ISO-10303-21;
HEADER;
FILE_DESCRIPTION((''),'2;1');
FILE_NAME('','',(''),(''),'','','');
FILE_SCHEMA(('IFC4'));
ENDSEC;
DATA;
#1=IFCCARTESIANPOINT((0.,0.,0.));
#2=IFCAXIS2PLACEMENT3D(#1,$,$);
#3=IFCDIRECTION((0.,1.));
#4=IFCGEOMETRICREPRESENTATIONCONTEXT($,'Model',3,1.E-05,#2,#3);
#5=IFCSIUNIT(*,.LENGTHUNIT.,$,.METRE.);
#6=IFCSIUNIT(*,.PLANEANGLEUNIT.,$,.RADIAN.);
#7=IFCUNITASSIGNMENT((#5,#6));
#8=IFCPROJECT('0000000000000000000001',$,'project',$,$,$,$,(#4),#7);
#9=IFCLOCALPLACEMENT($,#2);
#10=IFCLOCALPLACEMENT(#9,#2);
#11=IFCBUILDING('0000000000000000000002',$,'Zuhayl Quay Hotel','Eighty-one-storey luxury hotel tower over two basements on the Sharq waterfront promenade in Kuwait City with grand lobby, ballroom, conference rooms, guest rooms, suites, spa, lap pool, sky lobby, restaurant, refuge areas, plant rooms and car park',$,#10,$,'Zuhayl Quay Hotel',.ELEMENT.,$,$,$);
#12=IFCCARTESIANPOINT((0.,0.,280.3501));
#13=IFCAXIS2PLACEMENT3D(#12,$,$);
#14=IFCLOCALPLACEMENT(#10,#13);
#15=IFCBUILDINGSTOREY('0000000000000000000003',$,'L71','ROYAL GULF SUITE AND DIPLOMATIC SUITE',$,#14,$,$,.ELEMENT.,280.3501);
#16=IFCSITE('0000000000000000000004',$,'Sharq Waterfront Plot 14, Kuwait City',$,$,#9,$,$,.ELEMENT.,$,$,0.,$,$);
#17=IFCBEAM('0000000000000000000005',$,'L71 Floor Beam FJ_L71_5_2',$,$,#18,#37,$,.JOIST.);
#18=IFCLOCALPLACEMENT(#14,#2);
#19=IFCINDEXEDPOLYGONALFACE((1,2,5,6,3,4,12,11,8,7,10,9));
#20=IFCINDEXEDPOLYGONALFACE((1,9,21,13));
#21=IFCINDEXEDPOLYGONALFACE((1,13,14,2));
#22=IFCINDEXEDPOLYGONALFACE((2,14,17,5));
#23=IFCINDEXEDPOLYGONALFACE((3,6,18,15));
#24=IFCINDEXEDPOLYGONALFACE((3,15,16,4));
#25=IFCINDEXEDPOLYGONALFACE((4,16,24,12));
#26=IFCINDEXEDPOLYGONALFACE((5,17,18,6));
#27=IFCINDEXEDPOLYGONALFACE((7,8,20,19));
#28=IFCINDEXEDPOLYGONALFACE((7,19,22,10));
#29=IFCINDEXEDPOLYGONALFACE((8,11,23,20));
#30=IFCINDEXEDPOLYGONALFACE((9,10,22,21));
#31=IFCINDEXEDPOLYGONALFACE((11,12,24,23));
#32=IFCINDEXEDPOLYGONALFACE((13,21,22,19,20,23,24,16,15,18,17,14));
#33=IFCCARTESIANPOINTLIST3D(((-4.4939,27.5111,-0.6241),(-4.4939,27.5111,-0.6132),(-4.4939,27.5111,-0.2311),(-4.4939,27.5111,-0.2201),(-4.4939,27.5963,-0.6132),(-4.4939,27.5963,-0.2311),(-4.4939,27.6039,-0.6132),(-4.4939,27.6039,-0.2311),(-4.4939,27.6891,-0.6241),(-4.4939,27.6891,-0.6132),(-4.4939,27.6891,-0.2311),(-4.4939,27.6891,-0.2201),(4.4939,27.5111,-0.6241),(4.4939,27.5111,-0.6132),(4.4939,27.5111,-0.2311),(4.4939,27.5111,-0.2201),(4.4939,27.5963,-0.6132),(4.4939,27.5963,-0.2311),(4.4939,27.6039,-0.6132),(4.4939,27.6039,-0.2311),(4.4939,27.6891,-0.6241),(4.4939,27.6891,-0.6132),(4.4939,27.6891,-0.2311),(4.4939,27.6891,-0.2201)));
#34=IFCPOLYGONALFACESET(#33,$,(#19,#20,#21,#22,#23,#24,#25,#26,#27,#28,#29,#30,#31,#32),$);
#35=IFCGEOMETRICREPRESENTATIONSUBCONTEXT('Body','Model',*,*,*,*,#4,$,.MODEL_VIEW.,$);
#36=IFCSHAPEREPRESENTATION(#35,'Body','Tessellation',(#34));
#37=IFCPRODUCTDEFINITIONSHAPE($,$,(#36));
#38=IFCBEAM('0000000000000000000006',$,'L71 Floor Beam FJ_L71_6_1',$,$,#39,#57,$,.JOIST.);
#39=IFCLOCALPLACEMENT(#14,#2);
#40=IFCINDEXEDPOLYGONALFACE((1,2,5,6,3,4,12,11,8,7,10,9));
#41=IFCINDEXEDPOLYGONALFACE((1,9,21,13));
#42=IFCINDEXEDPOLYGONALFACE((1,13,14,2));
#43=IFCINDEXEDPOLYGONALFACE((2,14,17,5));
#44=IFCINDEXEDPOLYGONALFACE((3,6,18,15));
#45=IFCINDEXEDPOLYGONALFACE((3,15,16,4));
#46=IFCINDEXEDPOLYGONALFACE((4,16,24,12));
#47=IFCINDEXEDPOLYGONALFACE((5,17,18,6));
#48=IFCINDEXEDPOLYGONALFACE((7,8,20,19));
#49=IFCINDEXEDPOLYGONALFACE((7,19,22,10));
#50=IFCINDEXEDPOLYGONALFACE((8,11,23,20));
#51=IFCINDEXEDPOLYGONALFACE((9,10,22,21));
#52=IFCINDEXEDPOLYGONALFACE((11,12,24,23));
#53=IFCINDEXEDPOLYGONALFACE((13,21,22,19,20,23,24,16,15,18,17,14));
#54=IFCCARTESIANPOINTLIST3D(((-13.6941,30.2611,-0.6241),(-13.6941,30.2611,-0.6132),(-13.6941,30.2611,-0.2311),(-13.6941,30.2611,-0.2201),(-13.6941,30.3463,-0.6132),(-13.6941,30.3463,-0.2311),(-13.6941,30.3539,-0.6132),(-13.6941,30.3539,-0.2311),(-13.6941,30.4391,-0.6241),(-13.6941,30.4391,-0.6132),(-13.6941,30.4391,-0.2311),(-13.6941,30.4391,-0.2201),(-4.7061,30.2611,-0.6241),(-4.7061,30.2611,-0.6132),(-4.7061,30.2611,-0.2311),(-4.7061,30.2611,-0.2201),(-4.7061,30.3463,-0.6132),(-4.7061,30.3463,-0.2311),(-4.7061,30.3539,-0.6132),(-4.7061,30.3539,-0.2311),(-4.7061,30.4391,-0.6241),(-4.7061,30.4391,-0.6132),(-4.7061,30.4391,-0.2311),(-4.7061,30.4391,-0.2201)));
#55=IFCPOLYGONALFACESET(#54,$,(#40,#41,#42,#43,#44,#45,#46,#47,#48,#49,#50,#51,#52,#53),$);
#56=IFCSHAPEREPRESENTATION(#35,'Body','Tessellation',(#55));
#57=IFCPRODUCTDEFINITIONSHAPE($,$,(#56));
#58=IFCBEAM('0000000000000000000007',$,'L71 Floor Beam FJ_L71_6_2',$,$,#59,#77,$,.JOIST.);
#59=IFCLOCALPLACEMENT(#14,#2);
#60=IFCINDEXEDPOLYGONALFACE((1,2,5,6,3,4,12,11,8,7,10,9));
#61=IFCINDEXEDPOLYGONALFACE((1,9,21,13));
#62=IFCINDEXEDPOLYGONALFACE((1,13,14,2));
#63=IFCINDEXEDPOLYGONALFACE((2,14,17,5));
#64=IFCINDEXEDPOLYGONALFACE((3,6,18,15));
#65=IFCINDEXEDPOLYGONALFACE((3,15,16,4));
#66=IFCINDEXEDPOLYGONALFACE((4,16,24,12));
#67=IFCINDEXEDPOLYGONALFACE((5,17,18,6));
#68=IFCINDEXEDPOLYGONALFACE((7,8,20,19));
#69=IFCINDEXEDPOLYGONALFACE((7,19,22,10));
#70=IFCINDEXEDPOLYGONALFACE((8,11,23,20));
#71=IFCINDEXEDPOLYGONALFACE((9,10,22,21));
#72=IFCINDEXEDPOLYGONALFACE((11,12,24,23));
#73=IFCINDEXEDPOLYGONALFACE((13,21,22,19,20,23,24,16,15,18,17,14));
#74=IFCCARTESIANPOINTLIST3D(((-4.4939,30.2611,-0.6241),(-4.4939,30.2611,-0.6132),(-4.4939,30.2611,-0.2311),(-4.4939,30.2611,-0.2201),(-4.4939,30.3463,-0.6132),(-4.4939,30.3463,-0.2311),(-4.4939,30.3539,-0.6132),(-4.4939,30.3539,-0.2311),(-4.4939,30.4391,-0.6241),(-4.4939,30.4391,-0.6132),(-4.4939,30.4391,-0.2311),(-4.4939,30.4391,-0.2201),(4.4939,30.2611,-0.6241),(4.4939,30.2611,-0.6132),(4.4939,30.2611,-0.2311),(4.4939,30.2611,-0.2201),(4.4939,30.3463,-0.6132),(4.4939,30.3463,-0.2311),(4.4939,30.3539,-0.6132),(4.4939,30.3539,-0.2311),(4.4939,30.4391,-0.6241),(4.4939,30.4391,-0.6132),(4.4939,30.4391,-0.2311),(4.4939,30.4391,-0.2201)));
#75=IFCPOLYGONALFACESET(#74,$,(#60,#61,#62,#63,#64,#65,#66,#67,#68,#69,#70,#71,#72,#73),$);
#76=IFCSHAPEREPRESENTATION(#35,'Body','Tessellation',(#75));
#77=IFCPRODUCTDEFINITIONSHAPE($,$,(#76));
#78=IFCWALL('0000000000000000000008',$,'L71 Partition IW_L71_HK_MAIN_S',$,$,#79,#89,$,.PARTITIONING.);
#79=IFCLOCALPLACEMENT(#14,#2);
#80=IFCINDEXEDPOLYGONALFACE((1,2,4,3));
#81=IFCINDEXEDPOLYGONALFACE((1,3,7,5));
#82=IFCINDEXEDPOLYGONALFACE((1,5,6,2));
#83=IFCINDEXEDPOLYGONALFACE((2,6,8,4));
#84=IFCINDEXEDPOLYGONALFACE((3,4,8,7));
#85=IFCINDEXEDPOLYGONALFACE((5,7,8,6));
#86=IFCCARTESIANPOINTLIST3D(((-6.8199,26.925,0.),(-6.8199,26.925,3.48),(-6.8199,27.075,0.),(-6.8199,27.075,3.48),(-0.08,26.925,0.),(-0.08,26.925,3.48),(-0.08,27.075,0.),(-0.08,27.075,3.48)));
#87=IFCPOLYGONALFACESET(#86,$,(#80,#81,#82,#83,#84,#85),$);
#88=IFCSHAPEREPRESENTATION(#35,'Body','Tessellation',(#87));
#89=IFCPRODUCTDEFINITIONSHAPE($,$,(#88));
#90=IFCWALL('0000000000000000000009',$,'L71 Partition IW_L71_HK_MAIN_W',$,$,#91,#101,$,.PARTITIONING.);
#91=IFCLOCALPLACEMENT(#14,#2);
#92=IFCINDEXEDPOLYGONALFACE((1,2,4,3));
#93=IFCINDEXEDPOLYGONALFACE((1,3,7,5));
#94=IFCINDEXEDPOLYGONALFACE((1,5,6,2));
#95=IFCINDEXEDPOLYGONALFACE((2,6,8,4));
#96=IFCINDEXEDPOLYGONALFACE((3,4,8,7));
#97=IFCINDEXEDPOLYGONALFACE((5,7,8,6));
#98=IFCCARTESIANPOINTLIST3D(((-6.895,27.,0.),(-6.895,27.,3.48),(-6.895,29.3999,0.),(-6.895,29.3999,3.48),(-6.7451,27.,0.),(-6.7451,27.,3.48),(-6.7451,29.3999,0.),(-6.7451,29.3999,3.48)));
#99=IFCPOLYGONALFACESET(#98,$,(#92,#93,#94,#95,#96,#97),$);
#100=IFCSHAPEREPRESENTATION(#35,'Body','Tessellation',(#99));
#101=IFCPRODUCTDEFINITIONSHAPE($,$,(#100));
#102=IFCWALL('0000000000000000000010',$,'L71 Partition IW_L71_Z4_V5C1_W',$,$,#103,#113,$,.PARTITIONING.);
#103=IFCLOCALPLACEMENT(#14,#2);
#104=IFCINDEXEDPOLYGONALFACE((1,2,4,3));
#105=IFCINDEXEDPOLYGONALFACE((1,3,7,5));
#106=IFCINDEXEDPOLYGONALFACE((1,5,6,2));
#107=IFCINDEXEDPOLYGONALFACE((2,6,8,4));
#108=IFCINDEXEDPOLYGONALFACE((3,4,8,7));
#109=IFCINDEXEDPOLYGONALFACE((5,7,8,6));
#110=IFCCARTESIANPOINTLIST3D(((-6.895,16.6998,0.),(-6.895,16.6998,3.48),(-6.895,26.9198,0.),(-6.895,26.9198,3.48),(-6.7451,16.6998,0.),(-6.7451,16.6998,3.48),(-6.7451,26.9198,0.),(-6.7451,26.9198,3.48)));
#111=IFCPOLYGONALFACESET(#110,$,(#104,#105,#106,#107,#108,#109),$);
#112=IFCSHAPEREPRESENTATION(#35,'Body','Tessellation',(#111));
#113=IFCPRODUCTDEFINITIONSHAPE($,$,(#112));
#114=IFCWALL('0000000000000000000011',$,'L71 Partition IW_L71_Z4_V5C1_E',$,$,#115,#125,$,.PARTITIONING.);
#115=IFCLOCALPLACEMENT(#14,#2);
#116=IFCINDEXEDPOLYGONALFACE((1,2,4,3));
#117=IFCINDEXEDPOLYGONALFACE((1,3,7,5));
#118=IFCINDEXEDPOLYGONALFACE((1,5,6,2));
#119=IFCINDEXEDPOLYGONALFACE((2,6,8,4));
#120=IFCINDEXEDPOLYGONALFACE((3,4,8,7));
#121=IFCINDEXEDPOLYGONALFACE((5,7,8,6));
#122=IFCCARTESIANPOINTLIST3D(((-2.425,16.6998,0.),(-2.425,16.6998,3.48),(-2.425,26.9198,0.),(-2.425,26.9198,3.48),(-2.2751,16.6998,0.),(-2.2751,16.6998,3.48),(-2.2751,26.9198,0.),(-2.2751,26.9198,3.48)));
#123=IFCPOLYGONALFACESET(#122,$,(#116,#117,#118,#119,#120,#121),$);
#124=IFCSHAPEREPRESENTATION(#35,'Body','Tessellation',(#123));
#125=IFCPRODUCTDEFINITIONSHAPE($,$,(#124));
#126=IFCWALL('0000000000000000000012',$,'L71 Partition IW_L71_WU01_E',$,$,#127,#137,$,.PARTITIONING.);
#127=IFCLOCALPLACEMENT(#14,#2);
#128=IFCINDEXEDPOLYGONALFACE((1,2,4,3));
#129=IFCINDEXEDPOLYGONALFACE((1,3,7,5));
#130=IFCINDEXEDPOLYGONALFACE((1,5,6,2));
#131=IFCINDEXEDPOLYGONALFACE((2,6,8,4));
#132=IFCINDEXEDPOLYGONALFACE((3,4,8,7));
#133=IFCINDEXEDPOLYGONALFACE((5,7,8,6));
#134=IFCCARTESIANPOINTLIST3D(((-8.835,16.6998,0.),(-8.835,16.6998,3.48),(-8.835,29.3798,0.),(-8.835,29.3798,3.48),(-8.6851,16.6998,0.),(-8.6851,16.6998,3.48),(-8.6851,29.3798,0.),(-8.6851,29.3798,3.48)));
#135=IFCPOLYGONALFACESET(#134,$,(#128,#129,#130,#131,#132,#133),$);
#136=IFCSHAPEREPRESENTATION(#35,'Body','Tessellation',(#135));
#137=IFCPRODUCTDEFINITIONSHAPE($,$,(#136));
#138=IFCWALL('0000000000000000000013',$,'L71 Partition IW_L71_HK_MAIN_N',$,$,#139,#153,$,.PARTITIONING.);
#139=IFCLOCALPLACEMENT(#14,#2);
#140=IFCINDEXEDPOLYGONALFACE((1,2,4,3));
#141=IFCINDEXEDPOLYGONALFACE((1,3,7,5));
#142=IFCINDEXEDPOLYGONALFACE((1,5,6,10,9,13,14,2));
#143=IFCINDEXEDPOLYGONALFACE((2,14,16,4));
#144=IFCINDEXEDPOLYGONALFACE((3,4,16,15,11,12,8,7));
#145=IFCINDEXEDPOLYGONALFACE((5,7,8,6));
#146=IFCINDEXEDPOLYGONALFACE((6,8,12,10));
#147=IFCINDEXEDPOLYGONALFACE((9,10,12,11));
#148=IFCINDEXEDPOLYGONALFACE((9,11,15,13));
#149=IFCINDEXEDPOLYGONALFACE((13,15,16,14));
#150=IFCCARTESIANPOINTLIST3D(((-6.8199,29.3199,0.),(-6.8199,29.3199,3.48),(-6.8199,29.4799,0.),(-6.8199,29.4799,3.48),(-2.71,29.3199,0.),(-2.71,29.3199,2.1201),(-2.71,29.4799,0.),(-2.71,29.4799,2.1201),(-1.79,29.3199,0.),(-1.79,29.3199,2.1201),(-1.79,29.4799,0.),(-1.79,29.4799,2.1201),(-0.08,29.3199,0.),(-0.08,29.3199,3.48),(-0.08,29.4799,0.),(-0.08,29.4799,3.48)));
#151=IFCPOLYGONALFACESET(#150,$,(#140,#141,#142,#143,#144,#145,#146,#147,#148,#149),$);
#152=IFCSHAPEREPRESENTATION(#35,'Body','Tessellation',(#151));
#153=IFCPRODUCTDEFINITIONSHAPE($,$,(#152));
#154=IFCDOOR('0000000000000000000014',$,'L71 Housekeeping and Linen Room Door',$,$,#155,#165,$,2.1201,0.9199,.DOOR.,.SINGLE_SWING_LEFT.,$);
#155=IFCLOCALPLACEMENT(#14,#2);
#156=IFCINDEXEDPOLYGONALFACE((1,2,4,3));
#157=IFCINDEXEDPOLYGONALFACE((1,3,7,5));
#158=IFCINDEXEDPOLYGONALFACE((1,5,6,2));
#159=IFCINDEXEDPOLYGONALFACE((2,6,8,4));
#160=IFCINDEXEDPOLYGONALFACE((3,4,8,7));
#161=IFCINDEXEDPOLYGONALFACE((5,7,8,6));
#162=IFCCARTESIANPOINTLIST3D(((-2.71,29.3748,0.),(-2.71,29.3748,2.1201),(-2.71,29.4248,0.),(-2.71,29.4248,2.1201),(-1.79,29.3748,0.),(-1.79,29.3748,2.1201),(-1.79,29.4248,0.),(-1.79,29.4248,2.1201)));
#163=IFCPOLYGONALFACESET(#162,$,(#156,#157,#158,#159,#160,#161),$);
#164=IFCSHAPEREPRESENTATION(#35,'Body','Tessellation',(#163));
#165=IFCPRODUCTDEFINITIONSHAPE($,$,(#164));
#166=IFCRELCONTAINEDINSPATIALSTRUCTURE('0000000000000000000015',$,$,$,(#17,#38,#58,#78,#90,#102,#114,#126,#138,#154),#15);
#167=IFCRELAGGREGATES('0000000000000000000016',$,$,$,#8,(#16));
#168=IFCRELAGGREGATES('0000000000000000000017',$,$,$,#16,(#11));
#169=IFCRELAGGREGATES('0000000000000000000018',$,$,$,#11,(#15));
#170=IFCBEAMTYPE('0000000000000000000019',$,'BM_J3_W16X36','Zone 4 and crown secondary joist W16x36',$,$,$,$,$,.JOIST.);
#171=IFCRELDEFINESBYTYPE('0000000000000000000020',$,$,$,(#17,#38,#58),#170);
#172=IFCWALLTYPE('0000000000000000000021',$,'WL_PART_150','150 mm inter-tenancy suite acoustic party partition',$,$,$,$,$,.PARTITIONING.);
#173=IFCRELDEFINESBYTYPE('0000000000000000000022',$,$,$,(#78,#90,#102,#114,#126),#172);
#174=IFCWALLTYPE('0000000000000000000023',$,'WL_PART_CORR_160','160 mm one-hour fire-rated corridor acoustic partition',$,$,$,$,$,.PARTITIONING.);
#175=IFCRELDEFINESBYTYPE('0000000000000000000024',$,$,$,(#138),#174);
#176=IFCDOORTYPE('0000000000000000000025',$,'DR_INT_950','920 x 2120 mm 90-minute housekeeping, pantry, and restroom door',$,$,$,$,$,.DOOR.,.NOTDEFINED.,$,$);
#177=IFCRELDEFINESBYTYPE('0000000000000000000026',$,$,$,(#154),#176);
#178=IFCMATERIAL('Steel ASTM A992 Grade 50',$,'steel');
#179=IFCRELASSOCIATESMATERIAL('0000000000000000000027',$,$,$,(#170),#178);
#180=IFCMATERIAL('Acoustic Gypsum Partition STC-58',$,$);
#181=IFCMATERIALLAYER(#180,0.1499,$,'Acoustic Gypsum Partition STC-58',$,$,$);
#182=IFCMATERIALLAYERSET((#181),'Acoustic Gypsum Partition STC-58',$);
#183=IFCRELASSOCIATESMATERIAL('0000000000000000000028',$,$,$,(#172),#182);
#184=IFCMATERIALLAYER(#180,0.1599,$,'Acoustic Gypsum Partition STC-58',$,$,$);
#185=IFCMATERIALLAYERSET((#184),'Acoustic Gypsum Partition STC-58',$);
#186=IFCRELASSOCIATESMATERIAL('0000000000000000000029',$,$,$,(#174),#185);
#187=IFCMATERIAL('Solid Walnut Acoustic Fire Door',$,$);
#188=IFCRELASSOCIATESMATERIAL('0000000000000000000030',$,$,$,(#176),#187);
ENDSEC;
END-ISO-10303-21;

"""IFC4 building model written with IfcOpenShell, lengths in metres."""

from ifc_helpers import new_model, si_unit, direction, frame, frame_2d, origin, origin_2d, place, context, subcontext, project, spatial, rectangle, i_section, extrude, material, layer, layer_set, material_profile, profile_set, type_object, element, fill, save


model = new_model("IFC4")

# Units and contexts
model_context = context("Model", 3, precision=1e-05, world=origin(), true_north=direction((0.0, 1.0)))
body_context = subcontext(model_context, "Body", "Model", "MODEL_VIEW")
ifc_project = project(units=[si_unit("LENGTHUNIT", "METRE"), si_unit("PLANEANGLEUNIT", "RADIAN")], contexts=[model_context])

# Site, building, storey
site_placement = place(None, origin())
site = spatial("IfcSite", under=ifc_project, at=site_placement, Name="Sharq Waterfront Plot 14, Kuwait City", CompositionType="ELEMENT", RefElevation=0.0)
building_placement = place(site_placement, origin())
building = spatial("IfcBuilding", under=site, at=building_placement, Name="Zuhayl Quay Hotel", Description="Eighty-one-storey luxury hotel tower over two basements on the Sharq waterfront promenade in Kuwait City with grand lobby, ballroom, conference rooms, guest rooms, suites, spa, lap pool, sky lobby, restaurant, refuge areas, plant rooms and car park", LongName="Zuhayl Quay Hotel", CompositionType="ELEMENT")
storey_placement = place(building_placement, frame((0.0, 0.0, 280.3501)))
storey = spatial("IfcBuildingStorey", under=building, at=storey_placement, Name="L71", Description="ROYAL GULF SUITE AND DIPLOMATIC SUITE", CompositionType="ELEMENT", Elevation=280.3501)

# Beams
ifc_material_1 = material(Name="Steel ASTM A992 Grade 50", Category="steel")
ifc_material_profile = material_profile(ifc_material_1, i_section(OverallWidth=0.178, OverallDepth=0.4041, WebThickness=0.0076, FlangeThickness=0.011, at=origin_2d()), Name="W16X36")
ifc_profile_set = profile_set([ifc_material_profile], Name="Steel ASTM A992 Grade 50")
beam_type = type_object("IfcBeamType", Name="BM_J3_W16X36", Description="Zone 4 and crown secondary joist W16x36", PredefinedType="JOIST", material=ifc_profile_set)
beam_1_placement = place(storey_placement, frame((-4.4939, 27.6001, -0.4221), z_axis=(1.0, 0.0, 0.0), x_axis=(0.0, 1.0, 0.0)))
element("IfcBeam", 1, at=beam_1_placement, inside=storey, type_object=beam_type, Name="L71 Floor Beam FJ_L71_5_2", PredefinedType="JOIST", context=body_context, shape_type="SweptSolid", body=[
    extrude(i_section(OverallWidth=0.178, OverallDepth=0.4041, WebThickness=0.0076, FlangeThickness=0.011, at=origin_2d()), origin(), (0.0, 0.0, 1.0), 8.9878),
])
beam_2_placement = place(storey_placement, frame((-13.6941, 30.3501, -0.4221), z_axis=(1.0, 0.0, 0.0), x_axis=(0.0, 1.0, 0.0)))
element("IfcBeam", 2, at=beam_2_placement, inside=storey, type_object=beam_type, Name="L71 Floor Beam FJ_L71_6_1", PredefinedType="JOIST", context=body_context, shape_type="SweptSolid", body=[
    extrude(i_section(OverallWidth=0.178, OverallDepth=0.4041, WebThickness=0.0076, FlangeThickness=0.011, at=origin_2d()), origin(), (0.0, 0.0, 1.0), 8.988),
])
beam_3_placement = place(storey_placement, frame((-4.4939, 30.3501, -0.4221), z_axis=(1.0, 0.0, 0.0), x_axis=(0.0, 1.0, 0.0)))
element("IfcBeam", 3, at=beam_3_placement, inside=storey, type_object=beam_type, Name="L71 Floor Beam FJ_L71_6_2", PredefinedType="JOIST", context=body_context, shape_type="SweptSolid", body=[
    extrude(i_section(OverallWidth=0.178, OverallDepth=0.4041, WebThickness=0.0076, FlangeThickness=0.011, at=origin_2d()), origin(), (0.0, 0.0, 1.0), 8.9878),
])

# Walls
ifc_material_2 = material(Name="Acoustic Gypsum Partition STC-58")
ifc_layer_1 = layer(ifc_material_2, 0.1499, Name="Acoustic Gypsum Partition STC-58")
ifc_layer_set_1 = layer_set([ifc_layer_1], Name="Acoustic Gypsum Partition STC-58")
wall_type_1 = type_object("IfcWallType", Name="WL_PART_150", Description="150 mm inter-tenancy suite acoustic party partition", PredefinedType="PARTITIONING", material=ifc_layer_set_1)
wall_1_placement = place(storey_placement, frame((-6.8201, 27.0, 0.0), z_axis=(0.0, 0.0, 1.0), x_axis=(1.0, 0.0, 0.0)))
element("IfcWall", 4, at=wall_1_placement, inside=storey, type_object=wall_type_1, Name="L71 Partition IW_L71_HK_MAIN_S", PredefinedType="PARTITIONING", context=body_context, shape_type="SweptSolid", body=[
    extrude(rectangle(XDim=6.74, YDim=0.1499, at=frame_2d((3.3701, 0.0))), origin(), (0.0, 0.0, 1.0), 3.48),
])
wall_2_placement = place(storey_placement, frame((-6.8201, 27.0, 0.0), z_axis=(0.0, 0.0, 1.0), x_axis=(0.0, 1.0, 0.0)))
element("IfcWall", 5, at=wall_2_placement, inside=storey, type_object=wall_type_1, Name="L71 Partition IW_L71_HK_MAIN_W", PredefinedType="PARTITIONING", context=body_context, shape_type="SweptSolid", body=[
    extrude(rectangle(XDim=2.3999, YDim=0.1499, at=frame_2d((1.2, 0.0))), origin(), (0.0, 0.0, 1.0), 3.48),
])
for number, where, z_axis, x_axis, name in (
    (6, (-6.8201, 16.7, 0.0), (0.0, 0.0, 1.0), (0.0, 1.0, 0.0), "L71 Partition IW_L71_Z4_V5C1_W"),
    (7, (-2.3501, 16.7, 0.0), (0.0, 0.0, 1.0), (0.0, 1.0, 0.0), "L71 Partition IW_L71_Z4_V5C1_E"),
):
    element("IfcWall", number, at=place(storey_placement, frame(where, z_axis=z_axis, x_axis=x_axis)), inside=storey, type_object=wall_type_1, Name=name, PredefinedType="PARTITIONING", context=body_context, shape_type="SweptSolid", body=[
        extrude(rectangle(XDim=10.22, YDim=0.1499, at=frame_2d((5.1099, 0.0))), origin(), (0.0, 0.0, 1.0), 3.48),
    ])
wall_3_placement = place(storey_placement, frame((-8.76, 16.7, 0.0), z_axis=(0.0, 0.0, 1.0), x_axis=(0.0, 1.0, 0.0)))
element("IfcWall", 8, at=wall_3_placement, inside=storey, type_object=wall_type_1, Name="L71 Partition IW_L71_WU01_E", PredefinedType="PARTITIONING", context=body_context, shape_type="SweptSolid", body=[
    extrude(rectangle(XDim=12.6799, YDim=0.1499, at=frame_2d((6.3398, 0.0))), origin(), (0.0, 0.0, 1.0), 3.48),
])

# Wall, opening, door
ifc_layer_2 = layer(ifc_material_2, 0.1599, Name="Acoustic Gypsum Partition STC-58")
ifc_layer_set_2 = layer_set([ifc_layer_2], Name="Acoustic Gypsum Partition STC-58")
wall_type_2 = type_object("IfcWallType", Name="WL_PART_CORR_160", Description="160 mm one-hour fire-rated corridor acoustic partition", PredefinedType="PARTITIONING", material=ifc_layer_set_2)
wall_4_placement = place(storey_placement, frame((-6.8201, 29.3999, 0.0), z_axis=(0.0, 0.0, 1.0), x_axis=(1.0, 0.0, 0.0)))
wall_4 = element("IfcWall", 9, at=wall_4_placement, inside=storey, type_object=wall_type_2, Name="L71 Partition IW_L71_HK_MAIN_N", PredefinedType="PARTITIONING", context=body_context, shape_type="SweptSolid", body=[
    extrude(rectangle(XDim=6.74, YDim=0.1599, at=frame_2d((3.3701, 0.0))), origin(), (0.0, 0.0, 1.0), 3.48),
])
opening_1_placement = place(wall_4_placement, frame((4.1101, 0.0, 0.0)))
opening_1 = element("IfcOpeningElement", 10, at=opening_1_placement, cuts=wall_4, PredefinedType="OPENING", context=body_context, shape_type="SweptSolid", body=[
    extrude(rectangle(XDim=0.9199, YDim=2.1201, at=frame_2d((0.46, 1.0601))), frame((0.0, 0.0898, 0.0), z_axis=(0.0, -1.0, 0.0), x_axis=(1.0, 0.0, 0.0)), (0.0, 0.0, 1.0), 0.1799),
])
ifc_material_3 = material(Name="Solid Walnut Acoustic Fire Door")
door_type = type_object("IfcDoorType", Name="DR_INT_950", Description="920 x 2120 mm 90-minute housekeeping, pantry, and restroom door", OperationType="NOTDEFINED", PredefinedType="DOOR", material=ifc_material_3)
door_1_placement = place(opening_1_placement, origin())
door_1 = element("IfcDoor", 11, at=door_1_placement, inside=storey, type_object=door_type, Name="L71 Housekeeping and Linen Room Door", OperationType="SINGLE_SWING_LEFT", OverallHeight=2.1201, OverallWidth=0.9199, PredefinedType="DOOR", context=body_context, shape_type="SweptSolid", body=[
    extrude(rectangle(XDim=0.9199, YDim=2.1201, at=frame_2d((0.46, 1.0601))), frame((0.0, 0.0249, 0.0), z_axis=(0.0, -1.0, 0.0), x_axis=(1.0, 0.0, 0.0)), (0.0, 0.0, 1.0), 0.05),
])
fill(opening_1, door_1)

save(model, "model.ifc")
